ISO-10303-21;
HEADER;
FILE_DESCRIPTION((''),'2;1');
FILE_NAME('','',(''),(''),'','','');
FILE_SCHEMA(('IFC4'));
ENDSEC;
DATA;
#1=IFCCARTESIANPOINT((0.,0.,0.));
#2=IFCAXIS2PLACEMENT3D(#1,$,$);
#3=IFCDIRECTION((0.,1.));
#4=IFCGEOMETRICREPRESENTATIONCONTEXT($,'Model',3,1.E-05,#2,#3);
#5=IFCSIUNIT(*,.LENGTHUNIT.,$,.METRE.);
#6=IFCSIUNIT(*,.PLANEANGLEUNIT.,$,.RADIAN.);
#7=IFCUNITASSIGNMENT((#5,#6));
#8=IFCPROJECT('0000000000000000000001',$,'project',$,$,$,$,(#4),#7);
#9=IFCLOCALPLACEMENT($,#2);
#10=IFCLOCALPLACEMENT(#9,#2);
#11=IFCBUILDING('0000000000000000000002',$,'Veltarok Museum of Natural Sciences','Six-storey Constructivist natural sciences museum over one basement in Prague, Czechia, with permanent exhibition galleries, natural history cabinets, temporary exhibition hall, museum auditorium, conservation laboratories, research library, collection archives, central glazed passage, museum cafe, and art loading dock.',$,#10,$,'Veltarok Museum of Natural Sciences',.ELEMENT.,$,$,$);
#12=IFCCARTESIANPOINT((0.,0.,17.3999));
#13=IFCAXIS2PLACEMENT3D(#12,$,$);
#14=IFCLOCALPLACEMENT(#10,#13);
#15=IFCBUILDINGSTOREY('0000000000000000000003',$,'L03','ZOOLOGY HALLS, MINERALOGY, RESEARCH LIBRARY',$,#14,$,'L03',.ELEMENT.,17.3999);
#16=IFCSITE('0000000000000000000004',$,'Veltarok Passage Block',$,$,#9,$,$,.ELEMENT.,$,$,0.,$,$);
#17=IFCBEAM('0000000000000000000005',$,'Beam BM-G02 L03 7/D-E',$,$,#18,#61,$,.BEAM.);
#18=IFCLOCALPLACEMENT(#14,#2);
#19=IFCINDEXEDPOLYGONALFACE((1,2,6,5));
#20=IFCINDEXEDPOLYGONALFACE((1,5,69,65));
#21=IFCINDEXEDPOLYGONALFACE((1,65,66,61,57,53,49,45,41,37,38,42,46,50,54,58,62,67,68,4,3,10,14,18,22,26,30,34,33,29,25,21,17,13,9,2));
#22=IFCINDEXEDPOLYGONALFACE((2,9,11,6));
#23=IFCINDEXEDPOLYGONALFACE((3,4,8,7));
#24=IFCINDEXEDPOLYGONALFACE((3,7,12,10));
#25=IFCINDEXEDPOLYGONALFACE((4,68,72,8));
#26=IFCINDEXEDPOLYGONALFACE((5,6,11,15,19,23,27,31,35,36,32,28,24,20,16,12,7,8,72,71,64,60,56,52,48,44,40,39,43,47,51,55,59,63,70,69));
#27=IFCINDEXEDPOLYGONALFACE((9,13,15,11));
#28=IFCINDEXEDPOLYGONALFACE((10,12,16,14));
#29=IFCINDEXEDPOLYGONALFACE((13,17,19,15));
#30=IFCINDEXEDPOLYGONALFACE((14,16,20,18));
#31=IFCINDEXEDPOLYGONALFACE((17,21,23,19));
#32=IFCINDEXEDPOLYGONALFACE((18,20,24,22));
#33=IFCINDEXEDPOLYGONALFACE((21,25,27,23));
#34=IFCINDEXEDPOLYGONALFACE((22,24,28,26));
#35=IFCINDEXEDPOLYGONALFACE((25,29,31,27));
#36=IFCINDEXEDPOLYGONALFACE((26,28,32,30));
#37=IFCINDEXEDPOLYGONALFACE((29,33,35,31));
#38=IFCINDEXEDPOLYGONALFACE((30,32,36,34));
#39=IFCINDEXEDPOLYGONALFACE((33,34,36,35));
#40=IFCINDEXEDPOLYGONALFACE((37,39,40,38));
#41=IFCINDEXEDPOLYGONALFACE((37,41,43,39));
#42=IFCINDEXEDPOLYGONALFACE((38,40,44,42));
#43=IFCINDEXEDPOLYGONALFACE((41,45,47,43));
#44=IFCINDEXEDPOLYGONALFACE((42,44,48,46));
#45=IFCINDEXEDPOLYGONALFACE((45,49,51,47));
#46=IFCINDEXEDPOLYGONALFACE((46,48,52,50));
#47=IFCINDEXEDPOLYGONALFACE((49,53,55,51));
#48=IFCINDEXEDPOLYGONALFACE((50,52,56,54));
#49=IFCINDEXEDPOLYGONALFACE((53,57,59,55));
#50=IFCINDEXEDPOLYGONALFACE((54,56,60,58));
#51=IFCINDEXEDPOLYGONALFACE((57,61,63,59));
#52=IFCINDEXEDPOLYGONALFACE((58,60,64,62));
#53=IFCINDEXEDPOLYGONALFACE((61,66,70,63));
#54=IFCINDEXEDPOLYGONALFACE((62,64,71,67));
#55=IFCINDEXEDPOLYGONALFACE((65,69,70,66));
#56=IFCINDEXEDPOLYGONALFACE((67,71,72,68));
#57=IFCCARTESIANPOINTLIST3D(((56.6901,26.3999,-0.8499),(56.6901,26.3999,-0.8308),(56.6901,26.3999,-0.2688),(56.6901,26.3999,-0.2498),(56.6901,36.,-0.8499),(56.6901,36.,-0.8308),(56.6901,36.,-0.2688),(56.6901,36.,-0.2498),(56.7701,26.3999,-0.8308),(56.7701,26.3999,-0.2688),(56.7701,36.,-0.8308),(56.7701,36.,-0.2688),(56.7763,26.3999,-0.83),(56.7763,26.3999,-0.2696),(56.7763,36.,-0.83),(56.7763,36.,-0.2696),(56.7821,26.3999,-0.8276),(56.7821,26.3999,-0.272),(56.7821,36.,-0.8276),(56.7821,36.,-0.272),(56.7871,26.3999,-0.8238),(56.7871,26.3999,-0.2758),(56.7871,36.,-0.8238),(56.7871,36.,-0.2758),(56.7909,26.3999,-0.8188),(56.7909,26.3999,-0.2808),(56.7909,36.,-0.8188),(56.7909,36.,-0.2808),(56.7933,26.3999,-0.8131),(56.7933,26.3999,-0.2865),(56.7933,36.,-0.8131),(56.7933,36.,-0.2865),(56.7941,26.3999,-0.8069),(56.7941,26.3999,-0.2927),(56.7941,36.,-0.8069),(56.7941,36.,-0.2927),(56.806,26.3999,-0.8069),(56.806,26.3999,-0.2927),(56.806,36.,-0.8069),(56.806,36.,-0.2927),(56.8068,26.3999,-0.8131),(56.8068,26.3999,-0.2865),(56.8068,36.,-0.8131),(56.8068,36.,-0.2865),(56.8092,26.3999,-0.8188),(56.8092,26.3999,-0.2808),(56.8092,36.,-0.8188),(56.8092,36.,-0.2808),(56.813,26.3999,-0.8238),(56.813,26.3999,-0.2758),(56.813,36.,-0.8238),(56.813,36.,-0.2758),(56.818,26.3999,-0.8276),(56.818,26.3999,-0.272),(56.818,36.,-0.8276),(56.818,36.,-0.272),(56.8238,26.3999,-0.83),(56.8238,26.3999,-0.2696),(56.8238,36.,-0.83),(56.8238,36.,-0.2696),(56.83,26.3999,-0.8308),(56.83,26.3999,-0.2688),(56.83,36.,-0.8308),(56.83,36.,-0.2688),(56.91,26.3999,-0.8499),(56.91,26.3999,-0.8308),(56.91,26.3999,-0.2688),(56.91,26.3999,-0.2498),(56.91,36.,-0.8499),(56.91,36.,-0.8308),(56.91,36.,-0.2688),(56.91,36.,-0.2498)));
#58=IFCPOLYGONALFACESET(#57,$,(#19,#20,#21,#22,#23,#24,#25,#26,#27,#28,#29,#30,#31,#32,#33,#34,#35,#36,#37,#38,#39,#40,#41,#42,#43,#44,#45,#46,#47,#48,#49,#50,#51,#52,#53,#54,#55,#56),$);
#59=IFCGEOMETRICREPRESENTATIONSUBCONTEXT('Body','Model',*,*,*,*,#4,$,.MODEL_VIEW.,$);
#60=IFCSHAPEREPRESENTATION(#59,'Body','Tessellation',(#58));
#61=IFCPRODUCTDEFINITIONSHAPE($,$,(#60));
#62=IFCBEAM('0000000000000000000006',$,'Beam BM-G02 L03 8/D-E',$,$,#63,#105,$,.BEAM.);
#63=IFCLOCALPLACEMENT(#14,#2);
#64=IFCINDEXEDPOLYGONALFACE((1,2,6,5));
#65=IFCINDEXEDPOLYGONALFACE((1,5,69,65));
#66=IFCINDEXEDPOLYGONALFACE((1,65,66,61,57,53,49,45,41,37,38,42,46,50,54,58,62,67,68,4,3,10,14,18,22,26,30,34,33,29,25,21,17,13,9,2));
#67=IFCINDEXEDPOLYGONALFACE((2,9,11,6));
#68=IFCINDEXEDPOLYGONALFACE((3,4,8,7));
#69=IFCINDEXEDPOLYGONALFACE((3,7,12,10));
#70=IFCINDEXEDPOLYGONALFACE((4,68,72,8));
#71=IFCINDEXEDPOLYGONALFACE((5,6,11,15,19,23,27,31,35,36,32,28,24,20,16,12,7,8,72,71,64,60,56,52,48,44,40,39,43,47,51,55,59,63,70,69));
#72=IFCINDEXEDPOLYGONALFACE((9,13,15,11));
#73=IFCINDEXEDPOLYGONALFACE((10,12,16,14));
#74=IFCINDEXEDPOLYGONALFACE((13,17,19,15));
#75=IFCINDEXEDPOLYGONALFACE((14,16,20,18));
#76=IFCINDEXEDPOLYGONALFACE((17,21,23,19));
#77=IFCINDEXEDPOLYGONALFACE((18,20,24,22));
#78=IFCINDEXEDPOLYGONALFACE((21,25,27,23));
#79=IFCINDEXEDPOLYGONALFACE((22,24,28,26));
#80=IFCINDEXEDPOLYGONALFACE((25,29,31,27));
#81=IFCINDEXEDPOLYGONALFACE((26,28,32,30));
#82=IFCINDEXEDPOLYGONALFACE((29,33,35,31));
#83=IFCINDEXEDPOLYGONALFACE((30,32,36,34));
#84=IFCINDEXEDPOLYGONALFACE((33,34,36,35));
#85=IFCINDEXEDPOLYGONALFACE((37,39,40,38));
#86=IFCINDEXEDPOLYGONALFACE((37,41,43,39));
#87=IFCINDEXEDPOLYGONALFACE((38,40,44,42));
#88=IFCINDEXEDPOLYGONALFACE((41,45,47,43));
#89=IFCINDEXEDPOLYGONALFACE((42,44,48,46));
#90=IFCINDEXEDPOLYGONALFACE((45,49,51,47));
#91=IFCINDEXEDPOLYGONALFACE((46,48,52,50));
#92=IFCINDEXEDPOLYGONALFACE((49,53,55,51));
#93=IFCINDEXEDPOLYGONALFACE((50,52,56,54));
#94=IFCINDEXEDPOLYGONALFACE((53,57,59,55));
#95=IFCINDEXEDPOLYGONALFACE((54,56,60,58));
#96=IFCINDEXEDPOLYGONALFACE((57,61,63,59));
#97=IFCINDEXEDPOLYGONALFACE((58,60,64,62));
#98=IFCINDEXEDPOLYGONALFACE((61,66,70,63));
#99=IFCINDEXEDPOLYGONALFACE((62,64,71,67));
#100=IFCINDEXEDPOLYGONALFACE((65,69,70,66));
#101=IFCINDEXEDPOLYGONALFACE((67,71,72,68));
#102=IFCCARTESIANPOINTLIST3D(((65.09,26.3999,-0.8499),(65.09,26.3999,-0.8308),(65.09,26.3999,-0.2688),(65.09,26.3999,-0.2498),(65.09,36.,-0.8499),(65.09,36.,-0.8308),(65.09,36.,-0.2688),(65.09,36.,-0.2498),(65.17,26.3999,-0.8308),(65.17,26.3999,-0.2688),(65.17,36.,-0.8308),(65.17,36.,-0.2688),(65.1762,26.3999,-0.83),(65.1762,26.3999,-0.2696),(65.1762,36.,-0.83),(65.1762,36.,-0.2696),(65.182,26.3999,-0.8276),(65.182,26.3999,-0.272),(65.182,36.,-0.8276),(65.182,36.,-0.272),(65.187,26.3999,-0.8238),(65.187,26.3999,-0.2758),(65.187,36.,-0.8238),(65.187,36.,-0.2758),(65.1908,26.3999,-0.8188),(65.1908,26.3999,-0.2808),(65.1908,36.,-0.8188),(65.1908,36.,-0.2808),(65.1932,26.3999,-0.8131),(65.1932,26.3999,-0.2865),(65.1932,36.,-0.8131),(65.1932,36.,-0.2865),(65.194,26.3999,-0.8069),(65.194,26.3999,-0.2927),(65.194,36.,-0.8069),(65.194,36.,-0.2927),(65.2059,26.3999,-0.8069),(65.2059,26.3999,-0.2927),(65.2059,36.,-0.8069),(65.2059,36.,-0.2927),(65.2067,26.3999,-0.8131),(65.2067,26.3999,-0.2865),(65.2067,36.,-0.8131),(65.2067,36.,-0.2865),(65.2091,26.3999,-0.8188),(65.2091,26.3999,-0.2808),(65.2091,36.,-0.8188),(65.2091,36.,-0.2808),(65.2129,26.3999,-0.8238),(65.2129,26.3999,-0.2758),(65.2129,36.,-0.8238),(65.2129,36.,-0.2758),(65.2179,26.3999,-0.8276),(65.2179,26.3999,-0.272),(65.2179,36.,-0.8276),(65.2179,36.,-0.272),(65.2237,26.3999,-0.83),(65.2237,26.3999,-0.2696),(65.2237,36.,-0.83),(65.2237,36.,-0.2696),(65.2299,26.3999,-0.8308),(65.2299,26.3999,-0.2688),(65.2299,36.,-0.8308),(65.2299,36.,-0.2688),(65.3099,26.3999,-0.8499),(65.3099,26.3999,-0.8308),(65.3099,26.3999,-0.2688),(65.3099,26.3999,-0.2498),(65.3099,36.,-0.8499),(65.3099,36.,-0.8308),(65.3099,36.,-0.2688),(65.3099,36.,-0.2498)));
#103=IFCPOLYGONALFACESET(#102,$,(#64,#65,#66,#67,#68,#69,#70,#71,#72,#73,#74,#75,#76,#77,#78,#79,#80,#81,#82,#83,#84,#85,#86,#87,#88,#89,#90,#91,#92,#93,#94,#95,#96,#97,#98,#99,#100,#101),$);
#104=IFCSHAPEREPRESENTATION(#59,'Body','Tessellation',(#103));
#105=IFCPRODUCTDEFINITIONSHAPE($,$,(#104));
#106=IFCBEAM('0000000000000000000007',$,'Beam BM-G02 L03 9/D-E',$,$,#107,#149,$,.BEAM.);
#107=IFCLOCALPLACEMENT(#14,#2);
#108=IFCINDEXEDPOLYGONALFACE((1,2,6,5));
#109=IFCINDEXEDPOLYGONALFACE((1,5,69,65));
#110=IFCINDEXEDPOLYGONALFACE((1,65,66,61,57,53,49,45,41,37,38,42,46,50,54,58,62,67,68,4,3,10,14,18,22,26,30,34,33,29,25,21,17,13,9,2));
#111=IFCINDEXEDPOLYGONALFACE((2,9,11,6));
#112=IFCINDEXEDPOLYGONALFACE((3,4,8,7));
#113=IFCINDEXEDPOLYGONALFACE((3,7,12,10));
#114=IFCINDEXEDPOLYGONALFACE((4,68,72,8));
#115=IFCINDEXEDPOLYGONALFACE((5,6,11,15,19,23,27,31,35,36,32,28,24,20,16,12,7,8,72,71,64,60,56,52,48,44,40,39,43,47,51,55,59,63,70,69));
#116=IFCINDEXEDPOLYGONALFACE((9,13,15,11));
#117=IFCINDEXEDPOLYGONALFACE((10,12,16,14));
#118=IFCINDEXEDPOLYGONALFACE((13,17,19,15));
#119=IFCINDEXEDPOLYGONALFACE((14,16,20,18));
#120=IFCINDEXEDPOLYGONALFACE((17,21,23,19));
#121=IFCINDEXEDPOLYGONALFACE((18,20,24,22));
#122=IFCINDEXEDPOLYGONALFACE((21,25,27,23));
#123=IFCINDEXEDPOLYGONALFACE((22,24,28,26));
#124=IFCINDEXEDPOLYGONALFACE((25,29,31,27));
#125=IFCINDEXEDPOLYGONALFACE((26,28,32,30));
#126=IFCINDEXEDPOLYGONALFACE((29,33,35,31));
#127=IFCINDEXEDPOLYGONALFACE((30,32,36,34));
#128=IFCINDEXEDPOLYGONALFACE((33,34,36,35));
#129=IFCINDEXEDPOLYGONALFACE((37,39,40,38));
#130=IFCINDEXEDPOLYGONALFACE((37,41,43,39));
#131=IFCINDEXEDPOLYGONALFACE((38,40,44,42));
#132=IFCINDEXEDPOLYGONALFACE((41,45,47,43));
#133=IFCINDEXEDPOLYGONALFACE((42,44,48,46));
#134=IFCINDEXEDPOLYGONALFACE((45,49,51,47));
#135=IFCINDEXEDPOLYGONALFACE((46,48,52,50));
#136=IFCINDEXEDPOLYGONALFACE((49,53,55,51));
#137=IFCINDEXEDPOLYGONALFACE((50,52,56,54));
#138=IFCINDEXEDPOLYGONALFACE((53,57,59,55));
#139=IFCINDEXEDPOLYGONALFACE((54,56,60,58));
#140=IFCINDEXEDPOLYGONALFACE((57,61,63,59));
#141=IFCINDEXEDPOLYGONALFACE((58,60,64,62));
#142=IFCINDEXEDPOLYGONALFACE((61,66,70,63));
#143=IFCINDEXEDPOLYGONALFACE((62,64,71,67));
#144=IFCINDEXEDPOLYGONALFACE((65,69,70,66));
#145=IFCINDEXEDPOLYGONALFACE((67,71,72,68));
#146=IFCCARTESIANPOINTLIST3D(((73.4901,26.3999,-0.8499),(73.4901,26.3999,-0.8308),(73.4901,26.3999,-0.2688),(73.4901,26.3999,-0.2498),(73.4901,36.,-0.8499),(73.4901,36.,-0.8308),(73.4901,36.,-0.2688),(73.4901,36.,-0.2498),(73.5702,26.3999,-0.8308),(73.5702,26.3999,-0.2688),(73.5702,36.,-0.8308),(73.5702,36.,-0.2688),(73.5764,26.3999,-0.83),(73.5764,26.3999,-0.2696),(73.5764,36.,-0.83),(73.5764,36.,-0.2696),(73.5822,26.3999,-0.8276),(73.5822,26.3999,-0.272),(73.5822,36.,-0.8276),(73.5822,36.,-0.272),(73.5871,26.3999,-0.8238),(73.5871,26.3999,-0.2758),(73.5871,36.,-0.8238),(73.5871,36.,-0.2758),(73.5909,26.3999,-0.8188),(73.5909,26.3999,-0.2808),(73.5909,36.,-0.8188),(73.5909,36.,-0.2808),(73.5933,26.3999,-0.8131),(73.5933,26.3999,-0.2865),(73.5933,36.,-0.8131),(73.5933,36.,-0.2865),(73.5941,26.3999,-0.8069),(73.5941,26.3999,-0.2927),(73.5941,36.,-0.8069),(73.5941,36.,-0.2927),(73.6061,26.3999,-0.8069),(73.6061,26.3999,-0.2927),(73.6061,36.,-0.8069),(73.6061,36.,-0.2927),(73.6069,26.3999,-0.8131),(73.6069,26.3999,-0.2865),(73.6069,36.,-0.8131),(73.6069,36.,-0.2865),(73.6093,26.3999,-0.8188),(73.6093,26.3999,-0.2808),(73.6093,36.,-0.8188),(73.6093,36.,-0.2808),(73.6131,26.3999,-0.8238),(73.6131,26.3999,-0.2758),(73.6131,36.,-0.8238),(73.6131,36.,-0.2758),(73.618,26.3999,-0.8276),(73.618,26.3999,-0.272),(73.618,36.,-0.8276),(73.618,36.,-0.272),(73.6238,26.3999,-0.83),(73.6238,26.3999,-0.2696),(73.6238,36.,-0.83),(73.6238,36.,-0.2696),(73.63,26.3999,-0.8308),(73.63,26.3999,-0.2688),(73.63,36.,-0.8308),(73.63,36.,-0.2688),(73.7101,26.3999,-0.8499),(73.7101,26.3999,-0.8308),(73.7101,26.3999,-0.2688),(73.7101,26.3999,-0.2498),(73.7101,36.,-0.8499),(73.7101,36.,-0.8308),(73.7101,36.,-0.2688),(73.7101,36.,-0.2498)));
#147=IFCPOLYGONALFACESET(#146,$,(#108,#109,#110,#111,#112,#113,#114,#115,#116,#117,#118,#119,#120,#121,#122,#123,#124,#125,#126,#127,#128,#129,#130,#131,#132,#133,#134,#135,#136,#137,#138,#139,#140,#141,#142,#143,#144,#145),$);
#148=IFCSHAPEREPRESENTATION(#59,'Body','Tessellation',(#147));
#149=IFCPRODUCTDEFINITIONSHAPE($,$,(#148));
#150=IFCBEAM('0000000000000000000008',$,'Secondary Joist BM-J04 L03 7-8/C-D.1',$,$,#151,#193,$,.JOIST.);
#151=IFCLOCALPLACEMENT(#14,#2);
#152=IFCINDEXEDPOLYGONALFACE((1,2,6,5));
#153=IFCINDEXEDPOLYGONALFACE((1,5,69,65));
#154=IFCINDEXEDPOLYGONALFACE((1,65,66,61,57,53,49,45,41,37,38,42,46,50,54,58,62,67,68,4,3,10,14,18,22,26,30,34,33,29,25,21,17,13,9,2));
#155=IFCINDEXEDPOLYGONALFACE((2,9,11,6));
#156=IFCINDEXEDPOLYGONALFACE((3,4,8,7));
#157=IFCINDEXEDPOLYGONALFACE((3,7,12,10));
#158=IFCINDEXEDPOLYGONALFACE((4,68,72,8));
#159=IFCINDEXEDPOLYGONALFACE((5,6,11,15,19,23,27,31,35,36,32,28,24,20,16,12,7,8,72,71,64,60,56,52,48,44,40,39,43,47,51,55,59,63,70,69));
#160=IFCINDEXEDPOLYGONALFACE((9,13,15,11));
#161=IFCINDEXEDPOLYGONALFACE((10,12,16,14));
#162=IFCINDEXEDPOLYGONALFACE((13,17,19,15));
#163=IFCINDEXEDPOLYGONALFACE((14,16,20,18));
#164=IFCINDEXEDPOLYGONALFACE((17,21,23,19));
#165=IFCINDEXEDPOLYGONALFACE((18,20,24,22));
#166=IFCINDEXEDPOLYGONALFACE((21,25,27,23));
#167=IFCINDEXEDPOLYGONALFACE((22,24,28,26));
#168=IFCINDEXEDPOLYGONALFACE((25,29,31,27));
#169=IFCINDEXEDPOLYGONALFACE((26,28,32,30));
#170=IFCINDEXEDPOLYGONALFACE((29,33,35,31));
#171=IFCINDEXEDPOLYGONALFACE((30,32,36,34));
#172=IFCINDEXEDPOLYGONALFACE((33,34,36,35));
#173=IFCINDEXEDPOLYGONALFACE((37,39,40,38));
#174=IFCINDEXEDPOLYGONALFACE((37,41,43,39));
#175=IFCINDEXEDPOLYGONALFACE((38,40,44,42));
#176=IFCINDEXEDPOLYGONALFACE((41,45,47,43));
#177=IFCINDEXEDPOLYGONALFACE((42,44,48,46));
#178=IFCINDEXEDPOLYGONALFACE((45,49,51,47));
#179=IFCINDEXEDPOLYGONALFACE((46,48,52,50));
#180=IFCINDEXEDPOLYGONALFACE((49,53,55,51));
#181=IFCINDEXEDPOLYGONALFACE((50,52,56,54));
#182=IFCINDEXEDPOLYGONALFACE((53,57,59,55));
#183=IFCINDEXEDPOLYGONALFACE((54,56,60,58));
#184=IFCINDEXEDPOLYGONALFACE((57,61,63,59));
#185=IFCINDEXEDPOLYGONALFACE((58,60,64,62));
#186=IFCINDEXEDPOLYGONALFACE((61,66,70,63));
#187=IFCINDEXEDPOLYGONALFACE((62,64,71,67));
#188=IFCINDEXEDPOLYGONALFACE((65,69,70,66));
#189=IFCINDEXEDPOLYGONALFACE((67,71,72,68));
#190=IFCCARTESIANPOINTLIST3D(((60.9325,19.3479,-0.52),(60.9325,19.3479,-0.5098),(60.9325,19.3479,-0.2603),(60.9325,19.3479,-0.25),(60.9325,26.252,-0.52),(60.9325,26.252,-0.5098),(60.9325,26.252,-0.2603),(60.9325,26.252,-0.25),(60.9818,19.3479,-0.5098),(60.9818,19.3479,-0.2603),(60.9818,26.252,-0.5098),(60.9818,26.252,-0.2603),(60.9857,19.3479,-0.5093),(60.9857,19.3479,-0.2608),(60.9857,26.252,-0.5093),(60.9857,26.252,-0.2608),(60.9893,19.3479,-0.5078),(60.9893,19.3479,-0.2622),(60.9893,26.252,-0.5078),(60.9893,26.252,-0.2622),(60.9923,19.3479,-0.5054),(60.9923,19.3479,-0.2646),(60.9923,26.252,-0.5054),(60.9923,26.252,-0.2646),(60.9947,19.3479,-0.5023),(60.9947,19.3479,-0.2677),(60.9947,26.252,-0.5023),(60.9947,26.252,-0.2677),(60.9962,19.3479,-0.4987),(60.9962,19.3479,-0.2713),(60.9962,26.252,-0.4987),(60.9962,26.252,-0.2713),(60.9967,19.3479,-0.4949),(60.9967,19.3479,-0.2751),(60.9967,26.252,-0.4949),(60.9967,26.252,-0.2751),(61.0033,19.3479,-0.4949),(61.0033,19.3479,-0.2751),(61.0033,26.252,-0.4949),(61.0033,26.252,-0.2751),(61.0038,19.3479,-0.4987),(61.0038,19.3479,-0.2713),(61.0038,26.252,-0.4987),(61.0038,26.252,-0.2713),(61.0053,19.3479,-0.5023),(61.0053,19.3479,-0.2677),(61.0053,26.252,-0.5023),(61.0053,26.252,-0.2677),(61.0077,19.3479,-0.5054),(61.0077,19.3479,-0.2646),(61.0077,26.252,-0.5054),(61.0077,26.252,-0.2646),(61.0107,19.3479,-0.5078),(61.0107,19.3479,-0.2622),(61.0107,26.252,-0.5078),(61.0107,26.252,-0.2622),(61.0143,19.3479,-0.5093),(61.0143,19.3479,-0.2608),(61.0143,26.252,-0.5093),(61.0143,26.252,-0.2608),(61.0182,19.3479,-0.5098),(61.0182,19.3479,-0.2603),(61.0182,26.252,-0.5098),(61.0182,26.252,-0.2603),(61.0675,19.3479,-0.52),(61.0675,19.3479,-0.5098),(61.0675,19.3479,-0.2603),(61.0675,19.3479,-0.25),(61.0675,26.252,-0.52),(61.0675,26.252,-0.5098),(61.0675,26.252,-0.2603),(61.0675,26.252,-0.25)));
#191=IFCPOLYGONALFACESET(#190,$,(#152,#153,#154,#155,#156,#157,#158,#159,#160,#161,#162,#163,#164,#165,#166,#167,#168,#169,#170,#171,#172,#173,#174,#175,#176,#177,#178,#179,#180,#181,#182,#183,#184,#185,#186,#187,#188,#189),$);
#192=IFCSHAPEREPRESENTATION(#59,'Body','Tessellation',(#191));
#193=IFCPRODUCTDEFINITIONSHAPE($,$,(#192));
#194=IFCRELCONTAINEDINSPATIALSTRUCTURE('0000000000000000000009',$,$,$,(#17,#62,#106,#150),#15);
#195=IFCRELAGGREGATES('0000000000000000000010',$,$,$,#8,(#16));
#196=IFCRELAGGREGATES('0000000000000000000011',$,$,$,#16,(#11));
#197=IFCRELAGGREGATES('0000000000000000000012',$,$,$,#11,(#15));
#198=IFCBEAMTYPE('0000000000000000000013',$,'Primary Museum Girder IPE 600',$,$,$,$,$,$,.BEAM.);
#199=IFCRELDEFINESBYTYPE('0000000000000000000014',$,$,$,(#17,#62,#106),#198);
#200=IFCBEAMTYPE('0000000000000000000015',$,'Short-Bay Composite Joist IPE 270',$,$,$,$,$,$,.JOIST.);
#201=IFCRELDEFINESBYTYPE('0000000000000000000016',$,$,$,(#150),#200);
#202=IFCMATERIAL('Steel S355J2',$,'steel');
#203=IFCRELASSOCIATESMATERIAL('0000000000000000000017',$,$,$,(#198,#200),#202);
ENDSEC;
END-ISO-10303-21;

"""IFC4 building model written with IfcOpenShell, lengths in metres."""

from ifc_helpers import new_model, si_unit, direction, frame, origin, origin_2d, place, context, subcontext, project, spatial, i_section, extrude, material, material_profile, profile_set, type_object, element, save


model = new_model("IFC4")

# Units and contexts
model_context = context("Model", 3, precision=1e-05, world=origin(), true_north=direction((0.0, 1.0)))
body_context = subcontext(model_context, "Body", "Model", "MODEL_VIEW")
ifc_project = project(units=[si_unit("LENGTHUNIT", "METRE"), si_unit("PLANEANGLEUNIT", "RADIAN")], contexts=[model_context])

# Site, building, storey
site_placement = place(None, origin())
site = spatial("IfcSite", under=ifc_project, at=site_placement, Name="Veltarok Passage Block", CompositionType="ELEMENT", RefElevation=0.0)
building_placement = place(site_placement, origin())
building = spatial("IfcBuilding", under=site, at=building_placement, Name="Veltarok Museum of Natural Sciences", Description="Six-storey Constructivist natural sciences museum over one basement in Prague, Czechia, with permanent exhibition galleries, natural history cabinets, temporary exhibition hall, museum auditorium, conservation laboratories, research library, collection archives, central glazed passage, museum cafe, and art loading dock.", LongName="Veltarok Museum of Natural Sciences", CompositionType="ELEMENT")
storey_placement = place(building_placement, frame((0.0, 0.0, 17.3999)))
storey = spatial("IfcBuildingStorey", under=building, at=storey_placement, Name="L03", Description="ZOOLOGY HALLS, MINERALOGY, RESEARCH LIBRARY", LongName="L03", CompositionType="ELEMENT", Elevation=17.3999)

# Shared definitions
ifc_material_1 = material(Name="Steel S355J2", Category="steel")

# Beams
ifc_material_profile_1 = material_profile(ifc_material_1, i_section(OverallWidth=0.22, OverallDepth=0.6001, WebThickness=0.012, FlangeThickness=0.019, FilletRadius=0.0239, at=origin_2d()), Name="IPE 600")
ifc_profile_set_1 = profile_set([ifc_material_profile_1], Name="Steel S355J2")
beam_type_1 = type_object("IfcBeamType", Name="Primary Museum Girder IPE 600", PredefinedType="BEAM", material=ifc_profile_set_1)
for number, where, z_axis, x_axis, name in (
    (1, (56.8, 26.3999, -0.5498), (0.0, 1.0, 0.0), (-1.0, 0.0, 0.0), "Beam BM-G02 L03 7/D-E"),
    (2, (65.2, 26.3999, -0.5498), (0.0, 1.0, 0.0), (-1.0, 0.0, 0.0), "Beam BM-G02 L03 8/D-E"),
    (3, (73.6001, 26.3999, -0.5498), (0.0, 1.0, 0.0), (-1.0, 0.0, 0.0), "Beam BM-G02 L03 9/D-E"),
):
    element("IfcBeam", number, at=place(storey_placement, frame(where, z_axis=z_axis, x_axis=x_axis)), inside=storey, type_object=beam_type_1, Name=name, PredefinedType="BEAM", context=body_context, shape_type="SweptSolid", body=[
        extrude(i_section(OverallWidth=0.22, OverallDepth=0.6001, WebThickness=0.012, FlangeThickness=0.019, FilletRadius=0.0239, at=origin_2d()), origin(), (0.0, 0.0, 1.0), 9.6001),
    ])
ifc_material_profile_2 = material_profile(ifc_material_1, i_section(OverallWidth=0.135, OverallDepth=0.27, WebThickness=0.0066, FlangeThickness=0.0103, FilletRadius=0.0149, at=origin_2d()), Name="IPE 270")
ifc_profile_set_2 = profile_set([ifc_material_profile_2], Name="Steel S355J2")
beam_type_2 = type_object("IfcBeamType", Name="Short-Bay Composite Joist IPE 270", PredefinedType="JOIST", material=ifc_profile_set_2)
for number, where, z_axis, x_axis, name in (
    (4, (61.0, 19.3479, -0.385), (0.0, 1.0, 0.0), (-1.0, 0.0, 0.0), "Secondary Joist BM-J04 L03 7-8/C-D.1"),
):
    element("IfcBeam", number, at=place(storey_placement, frame(where, z_axis=z_axis, x_axis=x_axis)), inside=storey, type_object=beam_type_2, Name=name, PredefinedType="JOIST", context=body_context, shape_type="SweptSolid", body=[
        extrude(i_section(OverallWidth=0.135, OverallDepth=0.27, WebThickness=0.0066, FlangeThickness=0.0103, FilletRadius=0.0149, at=origin_2d()), origin(), (0.0, 0.0, 1.0), 6.9041),
    ])

save(model, "model.ifc")
